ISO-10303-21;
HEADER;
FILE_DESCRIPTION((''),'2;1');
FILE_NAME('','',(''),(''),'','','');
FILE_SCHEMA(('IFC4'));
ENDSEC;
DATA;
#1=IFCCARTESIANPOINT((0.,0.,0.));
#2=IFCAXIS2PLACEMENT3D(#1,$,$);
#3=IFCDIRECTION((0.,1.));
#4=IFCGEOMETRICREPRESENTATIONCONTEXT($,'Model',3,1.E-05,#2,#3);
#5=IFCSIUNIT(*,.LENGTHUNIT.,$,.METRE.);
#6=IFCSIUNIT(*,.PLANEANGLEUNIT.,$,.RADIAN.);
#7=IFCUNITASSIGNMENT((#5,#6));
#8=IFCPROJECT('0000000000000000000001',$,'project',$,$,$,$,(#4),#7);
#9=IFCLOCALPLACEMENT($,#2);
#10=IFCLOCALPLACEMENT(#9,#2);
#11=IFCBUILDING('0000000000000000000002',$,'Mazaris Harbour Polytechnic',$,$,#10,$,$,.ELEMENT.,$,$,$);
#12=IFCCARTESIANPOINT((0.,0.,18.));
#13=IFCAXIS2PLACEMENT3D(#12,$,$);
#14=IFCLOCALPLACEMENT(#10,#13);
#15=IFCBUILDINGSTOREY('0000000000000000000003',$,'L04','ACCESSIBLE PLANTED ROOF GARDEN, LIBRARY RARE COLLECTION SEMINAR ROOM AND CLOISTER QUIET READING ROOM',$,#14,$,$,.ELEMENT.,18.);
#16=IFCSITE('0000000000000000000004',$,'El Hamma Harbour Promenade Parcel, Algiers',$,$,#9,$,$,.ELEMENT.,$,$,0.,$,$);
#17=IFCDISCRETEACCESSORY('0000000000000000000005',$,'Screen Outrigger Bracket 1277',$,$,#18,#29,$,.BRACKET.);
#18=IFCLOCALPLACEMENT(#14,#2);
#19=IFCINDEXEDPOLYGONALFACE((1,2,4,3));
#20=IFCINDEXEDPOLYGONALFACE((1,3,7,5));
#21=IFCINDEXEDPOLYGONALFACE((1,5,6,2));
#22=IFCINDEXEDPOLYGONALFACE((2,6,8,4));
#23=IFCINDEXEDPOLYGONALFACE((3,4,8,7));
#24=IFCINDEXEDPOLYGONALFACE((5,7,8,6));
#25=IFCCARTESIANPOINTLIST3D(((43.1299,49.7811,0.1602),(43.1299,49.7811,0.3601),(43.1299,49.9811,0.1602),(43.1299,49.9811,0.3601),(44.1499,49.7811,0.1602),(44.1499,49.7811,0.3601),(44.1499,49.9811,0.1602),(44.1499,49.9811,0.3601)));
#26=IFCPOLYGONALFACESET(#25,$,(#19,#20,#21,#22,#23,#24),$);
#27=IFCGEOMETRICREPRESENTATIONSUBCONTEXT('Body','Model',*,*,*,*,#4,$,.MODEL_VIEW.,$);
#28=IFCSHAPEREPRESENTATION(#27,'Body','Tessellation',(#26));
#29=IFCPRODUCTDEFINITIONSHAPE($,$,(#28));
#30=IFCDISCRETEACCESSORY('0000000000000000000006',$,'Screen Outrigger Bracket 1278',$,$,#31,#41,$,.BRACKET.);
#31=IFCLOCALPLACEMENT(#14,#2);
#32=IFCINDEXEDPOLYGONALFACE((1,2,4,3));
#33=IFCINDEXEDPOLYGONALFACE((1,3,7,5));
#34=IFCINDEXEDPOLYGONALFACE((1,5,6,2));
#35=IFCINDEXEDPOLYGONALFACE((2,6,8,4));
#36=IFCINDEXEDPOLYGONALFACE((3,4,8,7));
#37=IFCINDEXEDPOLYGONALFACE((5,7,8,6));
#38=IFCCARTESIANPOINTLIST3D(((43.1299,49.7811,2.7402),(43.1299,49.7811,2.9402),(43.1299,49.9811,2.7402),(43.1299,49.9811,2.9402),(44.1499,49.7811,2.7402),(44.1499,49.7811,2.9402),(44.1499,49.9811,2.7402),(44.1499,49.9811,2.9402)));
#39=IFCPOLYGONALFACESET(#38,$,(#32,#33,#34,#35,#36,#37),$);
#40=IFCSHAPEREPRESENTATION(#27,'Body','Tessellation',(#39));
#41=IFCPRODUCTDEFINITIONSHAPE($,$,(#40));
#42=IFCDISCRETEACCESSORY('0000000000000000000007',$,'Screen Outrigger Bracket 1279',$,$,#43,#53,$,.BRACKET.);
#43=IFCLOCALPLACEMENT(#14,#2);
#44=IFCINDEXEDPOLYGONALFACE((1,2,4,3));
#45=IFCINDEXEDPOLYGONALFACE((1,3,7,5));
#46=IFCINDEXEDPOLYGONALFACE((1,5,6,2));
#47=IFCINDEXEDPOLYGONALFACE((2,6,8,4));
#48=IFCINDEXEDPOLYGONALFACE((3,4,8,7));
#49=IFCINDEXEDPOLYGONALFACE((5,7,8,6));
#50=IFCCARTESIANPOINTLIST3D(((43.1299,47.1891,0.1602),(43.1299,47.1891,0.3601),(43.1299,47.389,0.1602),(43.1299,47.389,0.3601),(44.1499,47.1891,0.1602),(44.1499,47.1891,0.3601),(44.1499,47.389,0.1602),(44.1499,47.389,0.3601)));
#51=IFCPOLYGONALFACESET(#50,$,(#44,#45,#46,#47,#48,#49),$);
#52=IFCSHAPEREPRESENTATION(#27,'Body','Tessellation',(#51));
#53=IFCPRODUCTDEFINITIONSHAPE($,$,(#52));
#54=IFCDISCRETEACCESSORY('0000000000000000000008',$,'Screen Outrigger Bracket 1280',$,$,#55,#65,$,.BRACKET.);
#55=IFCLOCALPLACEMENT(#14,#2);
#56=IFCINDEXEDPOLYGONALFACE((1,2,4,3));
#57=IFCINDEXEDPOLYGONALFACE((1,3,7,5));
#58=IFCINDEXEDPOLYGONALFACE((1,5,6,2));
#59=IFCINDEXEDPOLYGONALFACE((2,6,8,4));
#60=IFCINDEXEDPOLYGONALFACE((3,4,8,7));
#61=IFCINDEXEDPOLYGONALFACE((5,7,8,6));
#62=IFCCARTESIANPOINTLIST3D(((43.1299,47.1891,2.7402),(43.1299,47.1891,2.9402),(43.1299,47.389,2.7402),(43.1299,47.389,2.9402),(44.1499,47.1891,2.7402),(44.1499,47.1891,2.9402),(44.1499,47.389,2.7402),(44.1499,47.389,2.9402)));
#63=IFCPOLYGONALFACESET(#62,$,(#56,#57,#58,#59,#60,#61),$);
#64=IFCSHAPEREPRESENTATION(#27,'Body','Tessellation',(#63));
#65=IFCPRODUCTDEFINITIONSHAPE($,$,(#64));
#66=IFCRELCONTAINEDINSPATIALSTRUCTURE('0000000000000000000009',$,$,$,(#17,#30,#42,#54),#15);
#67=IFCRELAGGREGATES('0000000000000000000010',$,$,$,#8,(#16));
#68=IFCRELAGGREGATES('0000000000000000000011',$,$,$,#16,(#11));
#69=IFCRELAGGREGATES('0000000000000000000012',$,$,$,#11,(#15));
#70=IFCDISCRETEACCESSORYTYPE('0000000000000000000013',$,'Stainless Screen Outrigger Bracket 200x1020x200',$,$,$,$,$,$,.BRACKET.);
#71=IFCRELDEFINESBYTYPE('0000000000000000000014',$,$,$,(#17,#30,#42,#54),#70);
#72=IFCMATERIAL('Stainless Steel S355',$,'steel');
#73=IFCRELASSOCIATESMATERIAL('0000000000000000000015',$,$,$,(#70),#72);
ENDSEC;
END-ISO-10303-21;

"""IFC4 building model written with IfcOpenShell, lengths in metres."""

from ifc_helpers import new_model, si_unit, direction, frame, origin, origin_2d, place, context, subcontext, project, spatial, rectangle, extrude, material, type_object, element, save


model = new_model("IFC4")

# Units and contexts
model_context = context("Model", 3, precision=1e-05, world=origin(), true_north=direction((0.0, 1.0)))
body_context = subcontext(model_context, "Body", "Model", "MODEL_VIEW")
ifc_project = project(units=[si_unit("LENGTHUNIT", "METRE"), si_unit("PLANEANGLEUNIT", "RADIAN")], contexts=[model_context])

# Site, building, storey
site_placement = place(None, origin())
site = spatial("IfcSite", under=ifc_project, at=site_placement, Name="El Hamma Harbour Promenade Parcel, Algiers", CompositionType="ELEMENT", RefElevation=0.0)
building_placement = place(site_placement, origin())
building = spatial("IfcBuilding", under=site, at=building_placement, Name="Mazaris Harbour Polytechnic", CompositionType="ELEMENT")
storey_placement = place(building_placement, frame((0.0, 0.0, 18.0)))
storey = spatial("IfcBuildingStorey", under=building, at=storey_placement, Name="L04", Description="ACCESSIBLE PLANTED ROOF GARDEN, LIBRARY RARE COLLECTION SEMINAR ROOM AND CLOISTER QUIET READING ROOM", CompositionType="ELEMENT", Elevation=18.0)

# Discrete accessories
ifc_material_1 = material(Name="Stainless Steel S355", Category="steel")
discrete_accessory_type = type_object("IfcDiscreteAccessoryType", Name="Stainless Screen Outrigger Bracket 200x1020x200", PredefinedType="BRACKET", material=ifc_material_1)
for number, where, z_axis, x_axis, name in (
    (1, (43.6399, 49.8811, 0.1602), (0.0, 0.0, 1.0), (0.0, -1.0, 0.0), "Screen Outrigger Bracket 1277"),
    (2, (43.6399, 49.8811, 2.7402), (0.0, 0.0, 1.0), (0.0, -1.0, 0.0), "Screen Outrigger Bracket 1278"),
    (3, (43.6399, 47.2891, 0.1602), (0.0, 0.0, 1.0), (0.0, -1.0, 0.0), "Screen Outrigger Bracket 1279"),
    (4, (43.6399, 47.2891, 2.7402), (0.0, 0.0, 1.0), (0.0, -1.0, 0.0), "Screen Outrigger Bracket 1280"),
):
    element("IfcDiscreteAccessory", number, at=place(storey_placement, frame(where, z_axis=z_axis, x_axis=x_axis)), inside=storey, type_object=discrete_accessory_type, Name=name, PredefinedType="BRACKET", context=body_context, shape_type="SweptSolid", body=[
        extrude(rectangle(XDim=0.2, YDim=1.02, at=origin_2d()), origin(), (0.0, 0.0, 1.0), 0.2),
    ])

save(model, "model.ifc")
